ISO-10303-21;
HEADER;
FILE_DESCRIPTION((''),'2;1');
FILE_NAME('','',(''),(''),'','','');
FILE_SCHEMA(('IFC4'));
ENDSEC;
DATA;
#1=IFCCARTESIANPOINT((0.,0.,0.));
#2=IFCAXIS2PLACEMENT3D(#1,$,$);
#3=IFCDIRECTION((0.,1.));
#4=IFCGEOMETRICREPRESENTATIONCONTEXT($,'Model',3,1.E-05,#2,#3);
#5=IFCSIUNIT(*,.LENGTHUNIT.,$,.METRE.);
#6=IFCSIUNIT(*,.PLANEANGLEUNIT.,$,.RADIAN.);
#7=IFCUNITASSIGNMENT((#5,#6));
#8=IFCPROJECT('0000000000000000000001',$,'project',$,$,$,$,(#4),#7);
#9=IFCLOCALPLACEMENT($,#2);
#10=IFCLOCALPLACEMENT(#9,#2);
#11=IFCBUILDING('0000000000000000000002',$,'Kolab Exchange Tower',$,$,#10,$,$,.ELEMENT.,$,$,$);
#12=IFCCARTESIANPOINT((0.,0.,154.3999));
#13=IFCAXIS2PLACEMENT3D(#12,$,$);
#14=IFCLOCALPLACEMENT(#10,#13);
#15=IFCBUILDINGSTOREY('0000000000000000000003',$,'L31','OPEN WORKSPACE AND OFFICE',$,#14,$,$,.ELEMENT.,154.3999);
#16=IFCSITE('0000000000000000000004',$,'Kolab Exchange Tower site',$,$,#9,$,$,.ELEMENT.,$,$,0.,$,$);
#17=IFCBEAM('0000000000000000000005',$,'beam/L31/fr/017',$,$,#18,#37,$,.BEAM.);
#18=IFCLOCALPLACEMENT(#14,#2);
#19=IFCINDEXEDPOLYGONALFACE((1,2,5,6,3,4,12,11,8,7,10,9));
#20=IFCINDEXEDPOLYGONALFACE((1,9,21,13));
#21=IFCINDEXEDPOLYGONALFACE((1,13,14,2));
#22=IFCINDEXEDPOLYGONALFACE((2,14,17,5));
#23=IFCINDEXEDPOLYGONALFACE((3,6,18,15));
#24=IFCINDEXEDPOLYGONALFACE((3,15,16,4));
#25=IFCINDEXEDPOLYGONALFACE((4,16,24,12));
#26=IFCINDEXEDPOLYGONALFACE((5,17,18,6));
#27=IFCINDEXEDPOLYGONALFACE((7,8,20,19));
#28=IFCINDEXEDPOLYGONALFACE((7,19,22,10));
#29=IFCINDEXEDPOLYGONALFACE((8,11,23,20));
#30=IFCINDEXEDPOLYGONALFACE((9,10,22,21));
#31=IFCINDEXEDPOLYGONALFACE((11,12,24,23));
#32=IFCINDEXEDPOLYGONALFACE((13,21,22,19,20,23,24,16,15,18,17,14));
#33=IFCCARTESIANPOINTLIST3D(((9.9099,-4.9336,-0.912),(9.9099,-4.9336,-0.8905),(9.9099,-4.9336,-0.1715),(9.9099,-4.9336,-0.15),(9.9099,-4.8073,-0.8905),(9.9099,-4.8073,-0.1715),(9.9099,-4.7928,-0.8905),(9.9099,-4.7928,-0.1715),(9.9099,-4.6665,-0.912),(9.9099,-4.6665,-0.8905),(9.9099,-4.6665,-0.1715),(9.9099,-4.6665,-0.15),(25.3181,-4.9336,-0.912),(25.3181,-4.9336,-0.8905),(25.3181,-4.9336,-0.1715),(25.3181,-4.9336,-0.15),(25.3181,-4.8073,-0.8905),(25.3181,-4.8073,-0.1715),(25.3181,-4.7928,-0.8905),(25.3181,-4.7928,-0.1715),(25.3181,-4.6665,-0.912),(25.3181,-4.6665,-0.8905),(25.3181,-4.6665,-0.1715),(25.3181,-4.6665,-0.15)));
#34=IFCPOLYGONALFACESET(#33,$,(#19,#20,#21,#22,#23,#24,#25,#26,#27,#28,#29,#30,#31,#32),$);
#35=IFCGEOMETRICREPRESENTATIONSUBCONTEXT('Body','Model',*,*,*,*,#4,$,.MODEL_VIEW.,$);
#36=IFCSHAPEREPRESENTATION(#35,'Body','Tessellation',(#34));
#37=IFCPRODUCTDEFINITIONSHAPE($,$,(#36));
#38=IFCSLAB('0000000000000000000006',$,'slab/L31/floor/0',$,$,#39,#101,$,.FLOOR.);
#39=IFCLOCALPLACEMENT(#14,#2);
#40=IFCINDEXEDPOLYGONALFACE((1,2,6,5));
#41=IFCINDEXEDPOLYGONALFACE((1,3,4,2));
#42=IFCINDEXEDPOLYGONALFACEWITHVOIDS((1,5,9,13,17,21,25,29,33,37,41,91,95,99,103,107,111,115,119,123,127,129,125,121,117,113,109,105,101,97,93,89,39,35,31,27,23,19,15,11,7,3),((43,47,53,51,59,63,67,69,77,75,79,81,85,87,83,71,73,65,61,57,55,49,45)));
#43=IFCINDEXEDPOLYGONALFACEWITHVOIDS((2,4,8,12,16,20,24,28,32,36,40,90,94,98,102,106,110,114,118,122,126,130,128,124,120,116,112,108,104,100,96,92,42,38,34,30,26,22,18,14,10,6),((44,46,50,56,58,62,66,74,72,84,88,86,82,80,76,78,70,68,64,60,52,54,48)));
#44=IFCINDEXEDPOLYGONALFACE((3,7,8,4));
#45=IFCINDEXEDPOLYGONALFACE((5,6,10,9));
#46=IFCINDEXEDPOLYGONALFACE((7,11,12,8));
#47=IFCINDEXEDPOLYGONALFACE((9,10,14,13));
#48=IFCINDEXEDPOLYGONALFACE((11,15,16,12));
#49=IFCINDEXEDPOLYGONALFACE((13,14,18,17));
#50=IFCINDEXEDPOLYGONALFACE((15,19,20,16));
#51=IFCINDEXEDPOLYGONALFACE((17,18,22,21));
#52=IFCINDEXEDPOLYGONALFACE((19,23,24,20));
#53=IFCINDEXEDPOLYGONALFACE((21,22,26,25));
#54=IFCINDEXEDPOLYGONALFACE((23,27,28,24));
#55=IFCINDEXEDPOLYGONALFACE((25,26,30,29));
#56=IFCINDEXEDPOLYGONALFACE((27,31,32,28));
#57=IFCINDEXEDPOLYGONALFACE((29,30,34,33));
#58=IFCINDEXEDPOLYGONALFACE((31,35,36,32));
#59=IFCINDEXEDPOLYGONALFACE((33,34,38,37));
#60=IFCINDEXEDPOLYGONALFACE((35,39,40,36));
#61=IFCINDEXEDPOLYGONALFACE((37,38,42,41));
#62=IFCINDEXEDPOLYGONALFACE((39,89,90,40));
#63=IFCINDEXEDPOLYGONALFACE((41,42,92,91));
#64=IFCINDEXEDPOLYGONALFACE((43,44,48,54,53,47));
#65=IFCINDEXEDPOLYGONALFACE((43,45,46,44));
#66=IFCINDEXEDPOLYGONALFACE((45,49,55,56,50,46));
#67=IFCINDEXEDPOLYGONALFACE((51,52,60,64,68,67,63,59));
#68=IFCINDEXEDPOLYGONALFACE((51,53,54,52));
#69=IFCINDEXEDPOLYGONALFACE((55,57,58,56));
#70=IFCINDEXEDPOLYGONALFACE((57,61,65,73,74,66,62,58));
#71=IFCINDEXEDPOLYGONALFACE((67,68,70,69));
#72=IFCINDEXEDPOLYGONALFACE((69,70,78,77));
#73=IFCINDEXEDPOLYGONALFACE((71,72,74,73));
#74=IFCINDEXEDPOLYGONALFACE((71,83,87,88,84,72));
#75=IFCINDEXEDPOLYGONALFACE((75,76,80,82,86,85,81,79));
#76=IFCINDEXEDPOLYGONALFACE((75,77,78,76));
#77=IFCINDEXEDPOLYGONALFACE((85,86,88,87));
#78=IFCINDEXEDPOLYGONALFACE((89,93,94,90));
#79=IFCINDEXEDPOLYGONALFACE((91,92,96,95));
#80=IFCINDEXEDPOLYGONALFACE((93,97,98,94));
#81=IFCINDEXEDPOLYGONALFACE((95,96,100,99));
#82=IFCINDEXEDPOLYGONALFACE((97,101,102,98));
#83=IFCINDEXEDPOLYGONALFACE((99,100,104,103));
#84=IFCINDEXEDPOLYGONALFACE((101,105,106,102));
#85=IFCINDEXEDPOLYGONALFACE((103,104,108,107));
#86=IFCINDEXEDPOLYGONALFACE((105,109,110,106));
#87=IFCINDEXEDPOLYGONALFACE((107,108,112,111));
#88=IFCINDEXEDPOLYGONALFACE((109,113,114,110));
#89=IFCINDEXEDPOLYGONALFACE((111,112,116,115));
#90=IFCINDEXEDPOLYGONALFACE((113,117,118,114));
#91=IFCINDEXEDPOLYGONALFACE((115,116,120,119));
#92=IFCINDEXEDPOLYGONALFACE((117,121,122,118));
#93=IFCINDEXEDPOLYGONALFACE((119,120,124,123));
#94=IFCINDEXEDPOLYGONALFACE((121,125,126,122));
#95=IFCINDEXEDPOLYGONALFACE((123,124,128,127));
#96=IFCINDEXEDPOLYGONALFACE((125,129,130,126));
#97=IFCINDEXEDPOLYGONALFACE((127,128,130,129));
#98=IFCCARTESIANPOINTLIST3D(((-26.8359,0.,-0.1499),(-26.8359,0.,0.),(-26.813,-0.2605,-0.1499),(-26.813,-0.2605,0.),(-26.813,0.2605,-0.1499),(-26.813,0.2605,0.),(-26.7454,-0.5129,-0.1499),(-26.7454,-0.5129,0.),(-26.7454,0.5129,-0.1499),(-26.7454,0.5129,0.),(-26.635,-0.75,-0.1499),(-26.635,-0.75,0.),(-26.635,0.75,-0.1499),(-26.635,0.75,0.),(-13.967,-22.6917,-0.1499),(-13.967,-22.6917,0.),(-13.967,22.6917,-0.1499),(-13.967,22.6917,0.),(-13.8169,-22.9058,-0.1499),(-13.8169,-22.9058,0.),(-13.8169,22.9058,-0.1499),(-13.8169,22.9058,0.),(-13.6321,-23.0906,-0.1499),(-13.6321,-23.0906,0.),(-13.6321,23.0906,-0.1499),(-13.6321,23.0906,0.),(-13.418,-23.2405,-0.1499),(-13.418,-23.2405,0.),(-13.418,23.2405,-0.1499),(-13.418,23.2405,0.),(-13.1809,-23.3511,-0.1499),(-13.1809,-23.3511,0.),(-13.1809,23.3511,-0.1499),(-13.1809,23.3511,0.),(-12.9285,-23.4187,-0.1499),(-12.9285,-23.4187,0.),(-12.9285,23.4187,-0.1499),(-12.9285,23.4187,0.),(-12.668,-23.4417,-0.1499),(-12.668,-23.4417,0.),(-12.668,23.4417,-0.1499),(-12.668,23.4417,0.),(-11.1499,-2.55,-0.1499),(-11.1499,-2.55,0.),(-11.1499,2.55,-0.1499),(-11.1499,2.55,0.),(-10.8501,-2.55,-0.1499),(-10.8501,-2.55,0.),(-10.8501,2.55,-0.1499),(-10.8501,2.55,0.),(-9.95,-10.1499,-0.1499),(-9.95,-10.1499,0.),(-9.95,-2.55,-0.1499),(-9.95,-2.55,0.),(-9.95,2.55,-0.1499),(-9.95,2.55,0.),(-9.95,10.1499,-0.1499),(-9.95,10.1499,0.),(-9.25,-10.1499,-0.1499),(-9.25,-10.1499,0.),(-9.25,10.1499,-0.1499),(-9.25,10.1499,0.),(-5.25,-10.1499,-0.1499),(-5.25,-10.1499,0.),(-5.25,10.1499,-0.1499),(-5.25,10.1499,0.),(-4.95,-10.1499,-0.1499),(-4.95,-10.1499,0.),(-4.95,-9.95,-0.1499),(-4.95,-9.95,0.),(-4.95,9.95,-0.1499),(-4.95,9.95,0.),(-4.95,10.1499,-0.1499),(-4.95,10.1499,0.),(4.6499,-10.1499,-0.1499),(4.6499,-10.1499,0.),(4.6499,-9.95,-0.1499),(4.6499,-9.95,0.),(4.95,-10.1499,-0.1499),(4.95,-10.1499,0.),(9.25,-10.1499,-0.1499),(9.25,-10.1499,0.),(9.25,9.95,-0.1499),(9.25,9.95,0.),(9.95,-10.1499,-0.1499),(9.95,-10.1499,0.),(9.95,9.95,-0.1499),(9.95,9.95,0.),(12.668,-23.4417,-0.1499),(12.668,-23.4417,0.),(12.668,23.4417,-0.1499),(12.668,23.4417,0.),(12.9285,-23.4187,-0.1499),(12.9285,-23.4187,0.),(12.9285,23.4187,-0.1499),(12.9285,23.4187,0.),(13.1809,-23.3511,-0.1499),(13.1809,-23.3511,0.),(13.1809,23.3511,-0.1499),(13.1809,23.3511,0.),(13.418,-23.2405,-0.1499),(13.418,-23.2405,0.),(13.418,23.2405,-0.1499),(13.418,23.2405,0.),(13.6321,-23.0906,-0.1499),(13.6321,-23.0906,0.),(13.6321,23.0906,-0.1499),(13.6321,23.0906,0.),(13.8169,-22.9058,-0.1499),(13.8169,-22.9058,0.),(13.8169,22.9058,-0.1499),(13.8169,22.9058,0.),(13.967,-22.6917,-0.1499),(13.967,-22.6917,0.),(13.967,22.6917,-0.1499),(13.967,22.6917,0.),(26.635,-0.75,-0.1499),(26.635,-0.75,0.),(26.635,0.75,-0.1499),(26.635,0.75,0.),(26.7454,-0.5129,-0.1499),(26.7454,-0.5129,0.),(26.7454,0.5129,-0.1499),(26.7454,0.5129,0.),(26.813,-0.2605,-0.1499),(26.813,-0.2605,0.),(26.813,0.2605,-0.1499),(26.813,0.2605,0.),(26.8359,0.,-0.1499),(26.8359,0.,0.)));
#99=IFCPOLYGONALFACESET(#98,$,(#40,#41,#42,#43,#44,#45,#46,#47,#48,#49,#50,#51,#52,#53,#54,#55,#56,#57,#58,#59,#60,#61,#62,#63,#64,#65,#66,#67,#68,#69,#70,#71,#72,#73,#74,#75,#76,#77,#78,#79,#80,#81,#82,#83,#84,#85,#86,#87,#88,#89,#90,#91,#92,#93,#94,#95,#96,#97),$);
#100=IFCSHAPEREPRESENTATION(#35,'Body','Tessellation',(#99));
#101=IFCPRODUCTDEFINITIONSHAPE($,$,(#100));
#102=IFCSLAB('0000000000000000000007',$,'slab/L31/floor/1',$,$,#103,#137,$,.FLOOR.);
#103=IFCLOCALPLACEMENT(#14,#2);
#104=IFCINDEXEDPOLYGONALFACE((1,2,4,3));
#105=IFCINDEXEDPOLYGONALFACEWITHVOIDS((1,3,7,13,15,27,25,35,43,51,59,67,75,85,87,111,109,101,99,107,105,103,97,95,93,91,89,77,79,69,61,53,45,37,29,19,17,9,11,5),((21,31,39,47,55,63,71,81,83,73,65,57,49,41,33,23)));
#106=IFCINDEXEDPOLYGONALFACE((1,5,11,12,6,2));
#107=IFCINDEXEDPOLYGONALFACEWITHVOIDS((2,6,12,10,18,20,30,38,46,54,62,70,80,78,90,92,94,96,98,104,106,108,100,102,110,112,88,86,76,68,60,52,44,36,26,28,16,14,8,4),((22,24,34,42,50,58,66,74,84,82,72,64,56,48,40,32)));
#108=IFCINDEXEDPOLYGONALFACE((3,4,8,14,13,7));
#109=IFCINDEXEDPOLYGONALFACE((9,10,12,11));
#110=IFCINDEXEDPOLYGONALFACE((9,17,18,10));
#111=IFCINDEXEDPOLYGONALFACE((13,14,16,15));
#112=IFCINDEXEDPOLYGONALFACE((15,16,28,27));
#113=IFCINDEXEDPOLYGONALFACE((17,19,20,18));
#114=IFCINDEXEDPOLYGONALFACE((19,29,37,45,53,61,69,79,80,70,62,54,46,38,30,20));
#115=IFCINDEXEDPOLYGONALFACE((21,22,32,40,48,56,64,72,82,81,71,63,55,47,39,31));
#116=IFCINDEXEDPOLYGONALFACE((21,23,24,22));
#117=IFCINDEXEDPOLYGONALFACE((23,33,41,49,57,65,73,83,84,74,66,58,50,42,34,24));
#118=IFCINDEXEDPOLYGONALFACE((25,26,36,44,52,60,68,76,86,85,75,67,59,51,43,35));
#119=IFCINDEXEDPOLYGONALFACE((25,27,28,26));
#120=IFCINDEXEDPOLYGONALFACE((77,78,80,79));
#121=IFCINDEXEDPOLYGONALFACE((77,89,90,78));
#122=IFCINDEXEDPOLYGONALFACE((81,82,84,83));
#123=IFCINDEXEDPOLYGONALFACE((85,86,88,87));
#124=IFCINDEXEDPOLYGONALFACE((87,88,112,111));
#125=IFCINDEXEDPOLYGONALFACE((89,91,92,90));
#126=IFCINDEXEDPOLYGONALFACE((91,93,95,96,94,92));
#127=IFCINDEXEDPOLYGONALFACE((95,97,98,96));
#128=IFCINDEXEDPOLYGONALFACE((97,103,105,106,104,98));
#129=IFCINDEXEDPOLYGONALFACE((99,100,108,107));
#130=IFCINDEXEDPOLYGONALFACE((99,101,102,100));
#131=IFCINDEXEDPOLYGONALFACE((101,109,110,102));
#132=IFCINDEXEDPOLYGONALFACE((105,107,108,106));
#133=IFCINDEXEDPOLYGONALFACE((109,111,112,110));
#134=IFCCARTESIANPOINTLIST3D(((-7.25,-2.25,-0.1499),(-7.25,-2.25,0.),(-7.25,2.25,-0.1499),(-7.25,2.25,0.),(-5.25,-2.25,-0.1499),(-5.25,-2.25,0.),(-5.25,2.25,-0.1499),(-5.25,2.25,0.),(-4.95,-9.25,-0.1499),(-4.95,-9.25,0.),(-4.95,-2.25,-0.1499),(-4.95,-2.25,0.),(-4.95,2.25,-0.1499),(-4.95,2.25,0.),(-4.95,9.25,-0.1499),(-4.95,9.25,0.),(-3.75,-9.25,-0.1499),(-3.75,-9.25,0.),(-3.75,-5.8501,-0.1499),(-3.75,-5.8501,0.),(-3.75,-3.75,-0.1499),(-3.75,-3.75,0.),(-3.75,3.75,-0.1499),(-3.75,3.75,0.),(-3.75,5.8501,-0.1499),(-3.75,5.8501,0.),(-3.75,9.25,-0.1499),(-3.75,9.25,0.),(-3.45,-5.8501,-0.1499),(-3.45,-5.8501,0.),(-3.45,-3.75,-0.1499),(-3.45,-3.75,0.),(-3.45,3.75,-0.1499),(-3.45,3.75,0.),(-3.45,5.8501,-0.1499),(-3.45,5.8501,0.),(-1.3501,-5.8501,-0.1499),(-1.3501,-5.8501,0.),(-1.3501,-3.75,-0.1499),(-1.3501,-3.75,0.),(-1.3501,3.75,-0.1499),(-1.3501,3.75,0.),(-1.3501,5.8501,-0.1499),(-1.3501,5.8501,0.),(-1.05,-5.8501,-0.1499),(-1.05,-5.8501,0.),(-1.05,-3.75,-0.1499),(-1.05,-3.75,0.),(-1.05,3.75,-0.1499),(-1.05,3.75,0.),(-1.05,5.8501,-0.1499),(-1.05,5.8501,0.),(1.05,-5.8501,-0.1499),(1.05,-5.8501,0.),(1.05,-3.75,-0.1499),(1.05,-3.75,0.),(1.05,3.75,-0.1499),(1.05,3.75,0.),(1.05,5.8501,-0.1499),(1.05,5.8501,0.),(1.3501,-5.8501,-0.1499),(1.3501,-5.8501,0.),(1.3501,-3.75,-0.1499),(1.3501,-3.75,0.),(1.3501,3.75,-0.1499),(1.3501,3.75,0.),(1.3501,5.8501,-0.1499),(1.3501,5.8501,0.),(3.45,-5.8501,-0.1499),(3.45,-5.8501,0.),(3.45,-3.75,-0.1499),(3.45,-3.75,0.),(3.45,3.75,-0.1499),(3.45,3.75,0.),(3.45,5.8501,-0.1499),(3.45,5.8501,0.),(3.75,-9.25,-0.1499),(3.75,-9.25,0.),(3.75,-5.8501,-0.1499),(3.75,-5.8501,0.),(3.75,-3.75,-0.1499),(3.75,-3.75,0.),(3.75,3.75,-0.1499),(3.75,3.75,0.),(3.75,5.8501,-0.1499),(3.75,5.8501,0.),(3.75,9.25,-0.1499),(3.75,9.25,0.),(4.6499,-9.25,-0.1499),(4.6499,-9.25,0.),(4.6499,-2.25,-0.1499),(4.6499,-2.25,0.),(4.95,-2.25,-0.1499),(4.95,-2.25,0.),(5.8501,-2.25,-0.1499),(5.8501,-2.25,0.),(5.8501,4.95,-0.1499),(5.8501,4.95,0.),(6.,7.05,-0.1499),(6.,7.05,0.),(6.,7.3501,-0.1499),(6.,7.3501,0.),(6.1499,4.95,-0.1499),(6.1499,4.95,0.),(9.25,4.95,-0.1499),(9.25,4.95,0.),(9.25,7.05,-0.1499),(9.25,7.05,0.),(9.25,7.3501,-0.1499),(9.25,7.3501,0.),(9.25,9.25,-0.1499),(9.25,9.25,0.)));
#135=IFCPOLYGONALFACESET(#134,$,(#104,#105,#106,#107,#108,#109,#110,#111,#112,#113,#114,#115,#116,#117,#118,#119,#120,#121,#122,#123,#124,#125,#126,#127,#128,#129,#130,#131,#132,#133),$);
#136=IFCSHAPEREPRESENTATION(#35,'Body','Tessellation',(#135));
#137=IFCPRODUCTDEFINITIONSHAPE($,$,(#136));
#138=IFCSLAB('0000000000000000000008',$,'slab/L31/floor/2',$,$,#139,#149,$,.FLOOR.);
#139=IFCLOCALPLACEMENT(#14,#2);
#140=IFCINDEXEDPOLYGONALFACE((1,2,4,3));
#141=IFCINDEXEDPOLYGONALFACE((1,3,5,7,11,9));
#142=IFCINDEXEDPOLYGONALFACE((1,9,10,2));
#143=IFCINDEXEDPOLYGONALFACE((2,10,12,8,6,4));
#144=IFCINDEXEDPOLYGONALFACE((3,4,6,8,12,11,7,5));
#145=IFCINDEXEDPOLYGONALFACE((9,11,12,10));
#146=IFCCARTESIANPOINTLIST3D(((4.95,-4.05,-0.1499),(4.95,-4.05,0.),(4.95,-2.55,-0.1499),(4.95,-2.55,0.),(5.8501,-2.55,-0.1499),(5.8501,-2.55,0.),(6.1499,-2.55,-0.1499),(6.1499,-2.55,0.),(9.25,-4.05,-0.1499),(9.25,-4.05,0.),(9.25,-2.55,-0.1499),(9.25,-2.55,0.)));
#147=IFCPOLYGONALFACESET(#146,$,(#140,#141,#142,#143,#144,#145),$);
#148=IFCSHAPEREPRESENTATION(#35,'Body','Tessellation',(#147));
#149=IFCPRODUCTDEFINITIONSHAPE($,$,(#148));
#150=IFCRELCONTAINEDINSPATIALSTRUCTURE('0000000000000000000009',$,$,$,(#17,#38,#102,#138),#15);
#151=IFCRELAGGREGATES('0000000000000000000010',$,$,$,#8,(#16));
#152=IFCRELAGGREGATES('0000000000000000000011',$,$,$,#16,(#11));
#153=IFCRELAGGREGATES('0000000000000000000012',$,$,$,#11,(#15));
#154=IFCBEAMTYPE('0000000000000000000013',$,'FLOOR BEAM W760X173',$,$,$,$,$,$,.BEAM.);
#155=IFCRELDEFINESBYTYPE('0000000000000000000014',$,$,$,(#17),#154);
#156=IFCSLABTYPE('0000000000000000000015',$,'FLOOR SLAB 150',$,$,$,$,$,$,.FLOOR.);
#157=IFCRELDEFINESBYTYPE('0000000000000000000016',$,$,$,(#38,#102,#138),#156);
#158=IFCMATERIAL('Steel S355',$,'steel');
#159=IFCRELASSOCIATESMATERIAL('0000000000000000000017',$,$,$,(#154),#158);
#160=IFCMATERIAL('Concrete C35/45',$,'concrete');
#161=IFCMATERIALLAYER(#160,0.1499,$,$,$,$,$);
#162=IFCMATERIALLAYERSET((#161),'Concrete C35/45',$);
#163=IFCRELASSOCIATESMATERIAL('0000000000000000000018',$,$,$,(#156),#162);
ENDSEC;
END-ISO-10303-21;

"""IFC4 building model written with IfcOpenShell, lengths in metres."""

from ifc_helpers import new_model, si_unit, direction, frame, origin, origin_2d, place, context, subcontext, project, spatial, polyline, i_section, outline, extrude, material, layer, layer_set, material_profile, profile_set, type_object, element, save


model = new_model("IFC4")

# Units and contexts
model_context = context("Model", 3, precision=1e-05, world=origin(), true_north=direction((0.0, 1.0)))
body_context = subcontext(model_context, "Body", "Model", "MODEL_VIEW")
ifc_project = project(units=[si_unit("LENGTHUNIT", "METRE"), si_unit("PLANEANGLEUNIT", "RADIAN")], contexts=[model_context])

# Site, building, storey
site_placement = place(None, origin())
site = spatial("IfcSite", under=ifc_project, at=site_placement, Name="Kolab Exchange Tower site", CompositionType="ELEMENT", RefElevation=0.0)
building_placement = place(site_placement, origin())
building = spatial("IfcBuilding", under=site, at=building_placement, Name="Kolab Exchange Tower", CompositionType="ELEMENT")
storey_placement = place(building_placement, frame((0.0, 0.0, 154.3999)))
storey = spatial("IfcBuildingStorey", under=building, at=storey_placement, Name="L31", Description="OPEN WORKSPACE AND OFFICE", CompositionType="ELEMENT", Elevation=154.3999)

# Beam
ifc_material_1 = material(Name="Steel S355", Category="steel")
ifc_material_profile = material_profile(ifc_material_1, i_section(OverallWidth=0.2671, OverallDepth=0.762, WebThickness=0.0144, FlangeThickness=0.0215, at=origin_2d()), Name="W760X173")
ifc_profile_set = profile_set([ifc_material_profile], Name="Steel S355")
beam_type = type_object("IfcBeamType", Name="FLOOR BEAM W760X173", PredefinedType="BEAM", material=ifc_profile_set)
beam_placement = place(storey_placement, frame((9.9099, -4.8, -0.531), z_axis=(1.0, 0.0, 0.0), x_axis=(0.0, 1.0, 0.0)))
element("IfcBeam", 1, at=beam_placement, inside=storey, type_object=beam_type, Name="beam/L31/fr/017", PredefinedType="BEAM", context=body_context, shape_type="SweptSolid", body=[
    extrude(i_section(OverallWidth=0.2671, OverallDepth=0.762, WebThickness=0.0144, FlangeThickness=0.0215, at=origin_2d()), origin(), (0.0, 0.0, 1.0), 15.4082),
])

# Slabs
ifc_material_2 = material(Name="Concrete C35/45", Category="concrete")
ifc_layer_1 = layer(ifc_material_2, 0.1499)
ifc_layer_set_1 = layer_set([ifc_layer_1], Name="Concrete C35/45")
slab_type_1 = type_object("IfcSlabType", Name="FLOOR SLAB 150", PredefinedType="FLOOR", material=ifc_layer_set_1)
slab_1_placement = place(storey_placement, frame((0.0, 0.0, -0.1499)))
element("IfcSlab", 2, at=slab_1_placement, inside=storey, type_object=slab_type_1, Name="slab/L31/floor/0", PredefinedType="FLOOR", context=body_context, shape_type="SweptSolid", body=[
    extrude(outline(polyline([(13.967, -22.6917), (26.635, -0.75), (26.7454, -0.5129), (26.813, -0.2605), (26.8359, 0.0), (26.813, 0.2605), (26.7454, 0.5129), (26.635, 0.75), (13.967, 22.6917), (13.8169, 22.9058), (13.6321, 23.0906), (13.418, 23.2405), (13.1809, 23.3511), (12.9285, 23.4187), (12.668, 23.4417), (-12.668, 23.4417), (-12.9285, 23.4187), (-13.1809, 23.3511), (-13.418, 23.2405), (-13.6321, 23.0906), (-13.8169, 22.9058), (-13.967, 22.6917), (-26.635, 0.75), (-26.7454, 0.5129), (-26.813, 0.2605), (-26.8359, 0.0), (-26.813, -0.2605), (-26.7454, -0.5129), (-26.635, -0.75), (-13.967, -22.6917), (-13.8169, -22.9058), (-13.6321, -23.0906), (-13.418, -23.2405), (-13.1809, -23.3511), (-12.9285, -23.4187), (-12.668, -23.4417), (12.668, -23.4417), (12.9285, -23.4187), (13.1809, -23.3511), (13.418, -23.2405), (13.6321, -23.0906), (13.8169, -22.9058), (13.967, -22.6917)]), holes=[polyline([(-9.25, -10.1499), (-9.95, -10.1499), (-9.95, -2.55), (-10.8501, -2.55), (-11.1499, -2.55), (-11.1499, 2.55), (-10.8501, 2.55), (-9.95, 2.55), (-9.95, 10.1499), (-9.25, 10.1499), (-5.25, 10.1499), (-4.95, 10.1499), (-4.95, 9.95), (9.25, 9.95), (9.95, 9.95), (9.95, -10.1499), (9.25, -10.1499), (4.95, -10.1499), (4.6499, -10.1499), (4.6499, -9.95), (-4.95, -9.95), (-4.95, -10.1499), (-5.25, -10.1499), (-9.25, -10.1499)])]), origin(), (0.0, 0.0, 1.0), 0.1499),
])
slab_2_placement = place(storey_placement, frame((0.0, 0.0, -0.1499)))
element("IfcSlab", 3, at=slab_2_placement, inside=storey, type_object=slab_type_1, Name="slab/L31/floor/1", PredefinedType="FLOOR", context=body_context, shape_type="SweptSolid", body=[
    extrude(outline(polyline([(-4.95, 9.25), (-4.95, 2.25), (-5.25, 2.25), (-7.25, 2.25), (-7.25, -2.25), (-5.25, -2.25), (-4.95, -2.25), (-4.95, -9.25), (-3.75, -9.25), (-3.75, -5.8501), (-3.45, -5.8501), (-1.3501, -5.8501), (-1.05, -5.8501), (1.05, -5.8501), (1.3501, -5.8501), (3.45, -5.8501), (3.75, -5.8501), (3.75, -9.25), (4.6499, -9.25), (4.6499, -2.25), (4.95, -2.25), (5.8501, -2.25), (5.8501, 4.95), (6.1499, 4.95), (9.25, 4.95), (9.25, 7.05), (6.0, 7.05), (6.0, 7.3501), (9.25, 7.3501), (9.25, 9.25), (3.75, 9.25), (3.75, 5.8501), (3.45, 5.8501), (1.3501, 5.8501), (1.05, 5.8501), (-1.05, 5.8501), (-1.3501, 5.8501), (-3.45, 5.8501), (-3.75, 5.8501), (-3.75, 9.25), (-4.95, 9.25)]), holes=[polyline([(-3.45, -3.75), (-3.75, -3.75), (-3.75, 3.75), (-3.45, 3.75), (-1.3501, 3.75), (-1.05, 3.75), (1.05, 3.75), (1.3501, 3.75), (3.45, 3.75), (3.75, 3.75), (3.75, -3.75), (3.45, -3.75), (1.3501, -3.75), (1.05, -3.75), (-1.05, -3.75), (-1.3501, -3.75), (-3.45, -3.75)])]), origin(), (0.0, 0.0, 1.0), 0.1499),
])
slab_3_placement = place(storey_placement, frame((0.0, 0.0, -0.1499)))
element("IfcSlab", 4, at=slab_3_placement, inside=storey, type_object=slab_type_1, Name="slab/L31/floor/2", PredefinedType="FLOOR", context=body_context, shape_type="SweptSolid", body=[
    extrude(outline(polyline([(4.95, -4.05), (9.25, -4.05), (9.25, -2.55), (6.1499, -2.55), (5.8501, -2.55), (4.95, -2.55), (4.95, -4.05)])), origin(), (0.0, 0.0, 1.0), 0.1499),
])

save(model, "model.ifc")
